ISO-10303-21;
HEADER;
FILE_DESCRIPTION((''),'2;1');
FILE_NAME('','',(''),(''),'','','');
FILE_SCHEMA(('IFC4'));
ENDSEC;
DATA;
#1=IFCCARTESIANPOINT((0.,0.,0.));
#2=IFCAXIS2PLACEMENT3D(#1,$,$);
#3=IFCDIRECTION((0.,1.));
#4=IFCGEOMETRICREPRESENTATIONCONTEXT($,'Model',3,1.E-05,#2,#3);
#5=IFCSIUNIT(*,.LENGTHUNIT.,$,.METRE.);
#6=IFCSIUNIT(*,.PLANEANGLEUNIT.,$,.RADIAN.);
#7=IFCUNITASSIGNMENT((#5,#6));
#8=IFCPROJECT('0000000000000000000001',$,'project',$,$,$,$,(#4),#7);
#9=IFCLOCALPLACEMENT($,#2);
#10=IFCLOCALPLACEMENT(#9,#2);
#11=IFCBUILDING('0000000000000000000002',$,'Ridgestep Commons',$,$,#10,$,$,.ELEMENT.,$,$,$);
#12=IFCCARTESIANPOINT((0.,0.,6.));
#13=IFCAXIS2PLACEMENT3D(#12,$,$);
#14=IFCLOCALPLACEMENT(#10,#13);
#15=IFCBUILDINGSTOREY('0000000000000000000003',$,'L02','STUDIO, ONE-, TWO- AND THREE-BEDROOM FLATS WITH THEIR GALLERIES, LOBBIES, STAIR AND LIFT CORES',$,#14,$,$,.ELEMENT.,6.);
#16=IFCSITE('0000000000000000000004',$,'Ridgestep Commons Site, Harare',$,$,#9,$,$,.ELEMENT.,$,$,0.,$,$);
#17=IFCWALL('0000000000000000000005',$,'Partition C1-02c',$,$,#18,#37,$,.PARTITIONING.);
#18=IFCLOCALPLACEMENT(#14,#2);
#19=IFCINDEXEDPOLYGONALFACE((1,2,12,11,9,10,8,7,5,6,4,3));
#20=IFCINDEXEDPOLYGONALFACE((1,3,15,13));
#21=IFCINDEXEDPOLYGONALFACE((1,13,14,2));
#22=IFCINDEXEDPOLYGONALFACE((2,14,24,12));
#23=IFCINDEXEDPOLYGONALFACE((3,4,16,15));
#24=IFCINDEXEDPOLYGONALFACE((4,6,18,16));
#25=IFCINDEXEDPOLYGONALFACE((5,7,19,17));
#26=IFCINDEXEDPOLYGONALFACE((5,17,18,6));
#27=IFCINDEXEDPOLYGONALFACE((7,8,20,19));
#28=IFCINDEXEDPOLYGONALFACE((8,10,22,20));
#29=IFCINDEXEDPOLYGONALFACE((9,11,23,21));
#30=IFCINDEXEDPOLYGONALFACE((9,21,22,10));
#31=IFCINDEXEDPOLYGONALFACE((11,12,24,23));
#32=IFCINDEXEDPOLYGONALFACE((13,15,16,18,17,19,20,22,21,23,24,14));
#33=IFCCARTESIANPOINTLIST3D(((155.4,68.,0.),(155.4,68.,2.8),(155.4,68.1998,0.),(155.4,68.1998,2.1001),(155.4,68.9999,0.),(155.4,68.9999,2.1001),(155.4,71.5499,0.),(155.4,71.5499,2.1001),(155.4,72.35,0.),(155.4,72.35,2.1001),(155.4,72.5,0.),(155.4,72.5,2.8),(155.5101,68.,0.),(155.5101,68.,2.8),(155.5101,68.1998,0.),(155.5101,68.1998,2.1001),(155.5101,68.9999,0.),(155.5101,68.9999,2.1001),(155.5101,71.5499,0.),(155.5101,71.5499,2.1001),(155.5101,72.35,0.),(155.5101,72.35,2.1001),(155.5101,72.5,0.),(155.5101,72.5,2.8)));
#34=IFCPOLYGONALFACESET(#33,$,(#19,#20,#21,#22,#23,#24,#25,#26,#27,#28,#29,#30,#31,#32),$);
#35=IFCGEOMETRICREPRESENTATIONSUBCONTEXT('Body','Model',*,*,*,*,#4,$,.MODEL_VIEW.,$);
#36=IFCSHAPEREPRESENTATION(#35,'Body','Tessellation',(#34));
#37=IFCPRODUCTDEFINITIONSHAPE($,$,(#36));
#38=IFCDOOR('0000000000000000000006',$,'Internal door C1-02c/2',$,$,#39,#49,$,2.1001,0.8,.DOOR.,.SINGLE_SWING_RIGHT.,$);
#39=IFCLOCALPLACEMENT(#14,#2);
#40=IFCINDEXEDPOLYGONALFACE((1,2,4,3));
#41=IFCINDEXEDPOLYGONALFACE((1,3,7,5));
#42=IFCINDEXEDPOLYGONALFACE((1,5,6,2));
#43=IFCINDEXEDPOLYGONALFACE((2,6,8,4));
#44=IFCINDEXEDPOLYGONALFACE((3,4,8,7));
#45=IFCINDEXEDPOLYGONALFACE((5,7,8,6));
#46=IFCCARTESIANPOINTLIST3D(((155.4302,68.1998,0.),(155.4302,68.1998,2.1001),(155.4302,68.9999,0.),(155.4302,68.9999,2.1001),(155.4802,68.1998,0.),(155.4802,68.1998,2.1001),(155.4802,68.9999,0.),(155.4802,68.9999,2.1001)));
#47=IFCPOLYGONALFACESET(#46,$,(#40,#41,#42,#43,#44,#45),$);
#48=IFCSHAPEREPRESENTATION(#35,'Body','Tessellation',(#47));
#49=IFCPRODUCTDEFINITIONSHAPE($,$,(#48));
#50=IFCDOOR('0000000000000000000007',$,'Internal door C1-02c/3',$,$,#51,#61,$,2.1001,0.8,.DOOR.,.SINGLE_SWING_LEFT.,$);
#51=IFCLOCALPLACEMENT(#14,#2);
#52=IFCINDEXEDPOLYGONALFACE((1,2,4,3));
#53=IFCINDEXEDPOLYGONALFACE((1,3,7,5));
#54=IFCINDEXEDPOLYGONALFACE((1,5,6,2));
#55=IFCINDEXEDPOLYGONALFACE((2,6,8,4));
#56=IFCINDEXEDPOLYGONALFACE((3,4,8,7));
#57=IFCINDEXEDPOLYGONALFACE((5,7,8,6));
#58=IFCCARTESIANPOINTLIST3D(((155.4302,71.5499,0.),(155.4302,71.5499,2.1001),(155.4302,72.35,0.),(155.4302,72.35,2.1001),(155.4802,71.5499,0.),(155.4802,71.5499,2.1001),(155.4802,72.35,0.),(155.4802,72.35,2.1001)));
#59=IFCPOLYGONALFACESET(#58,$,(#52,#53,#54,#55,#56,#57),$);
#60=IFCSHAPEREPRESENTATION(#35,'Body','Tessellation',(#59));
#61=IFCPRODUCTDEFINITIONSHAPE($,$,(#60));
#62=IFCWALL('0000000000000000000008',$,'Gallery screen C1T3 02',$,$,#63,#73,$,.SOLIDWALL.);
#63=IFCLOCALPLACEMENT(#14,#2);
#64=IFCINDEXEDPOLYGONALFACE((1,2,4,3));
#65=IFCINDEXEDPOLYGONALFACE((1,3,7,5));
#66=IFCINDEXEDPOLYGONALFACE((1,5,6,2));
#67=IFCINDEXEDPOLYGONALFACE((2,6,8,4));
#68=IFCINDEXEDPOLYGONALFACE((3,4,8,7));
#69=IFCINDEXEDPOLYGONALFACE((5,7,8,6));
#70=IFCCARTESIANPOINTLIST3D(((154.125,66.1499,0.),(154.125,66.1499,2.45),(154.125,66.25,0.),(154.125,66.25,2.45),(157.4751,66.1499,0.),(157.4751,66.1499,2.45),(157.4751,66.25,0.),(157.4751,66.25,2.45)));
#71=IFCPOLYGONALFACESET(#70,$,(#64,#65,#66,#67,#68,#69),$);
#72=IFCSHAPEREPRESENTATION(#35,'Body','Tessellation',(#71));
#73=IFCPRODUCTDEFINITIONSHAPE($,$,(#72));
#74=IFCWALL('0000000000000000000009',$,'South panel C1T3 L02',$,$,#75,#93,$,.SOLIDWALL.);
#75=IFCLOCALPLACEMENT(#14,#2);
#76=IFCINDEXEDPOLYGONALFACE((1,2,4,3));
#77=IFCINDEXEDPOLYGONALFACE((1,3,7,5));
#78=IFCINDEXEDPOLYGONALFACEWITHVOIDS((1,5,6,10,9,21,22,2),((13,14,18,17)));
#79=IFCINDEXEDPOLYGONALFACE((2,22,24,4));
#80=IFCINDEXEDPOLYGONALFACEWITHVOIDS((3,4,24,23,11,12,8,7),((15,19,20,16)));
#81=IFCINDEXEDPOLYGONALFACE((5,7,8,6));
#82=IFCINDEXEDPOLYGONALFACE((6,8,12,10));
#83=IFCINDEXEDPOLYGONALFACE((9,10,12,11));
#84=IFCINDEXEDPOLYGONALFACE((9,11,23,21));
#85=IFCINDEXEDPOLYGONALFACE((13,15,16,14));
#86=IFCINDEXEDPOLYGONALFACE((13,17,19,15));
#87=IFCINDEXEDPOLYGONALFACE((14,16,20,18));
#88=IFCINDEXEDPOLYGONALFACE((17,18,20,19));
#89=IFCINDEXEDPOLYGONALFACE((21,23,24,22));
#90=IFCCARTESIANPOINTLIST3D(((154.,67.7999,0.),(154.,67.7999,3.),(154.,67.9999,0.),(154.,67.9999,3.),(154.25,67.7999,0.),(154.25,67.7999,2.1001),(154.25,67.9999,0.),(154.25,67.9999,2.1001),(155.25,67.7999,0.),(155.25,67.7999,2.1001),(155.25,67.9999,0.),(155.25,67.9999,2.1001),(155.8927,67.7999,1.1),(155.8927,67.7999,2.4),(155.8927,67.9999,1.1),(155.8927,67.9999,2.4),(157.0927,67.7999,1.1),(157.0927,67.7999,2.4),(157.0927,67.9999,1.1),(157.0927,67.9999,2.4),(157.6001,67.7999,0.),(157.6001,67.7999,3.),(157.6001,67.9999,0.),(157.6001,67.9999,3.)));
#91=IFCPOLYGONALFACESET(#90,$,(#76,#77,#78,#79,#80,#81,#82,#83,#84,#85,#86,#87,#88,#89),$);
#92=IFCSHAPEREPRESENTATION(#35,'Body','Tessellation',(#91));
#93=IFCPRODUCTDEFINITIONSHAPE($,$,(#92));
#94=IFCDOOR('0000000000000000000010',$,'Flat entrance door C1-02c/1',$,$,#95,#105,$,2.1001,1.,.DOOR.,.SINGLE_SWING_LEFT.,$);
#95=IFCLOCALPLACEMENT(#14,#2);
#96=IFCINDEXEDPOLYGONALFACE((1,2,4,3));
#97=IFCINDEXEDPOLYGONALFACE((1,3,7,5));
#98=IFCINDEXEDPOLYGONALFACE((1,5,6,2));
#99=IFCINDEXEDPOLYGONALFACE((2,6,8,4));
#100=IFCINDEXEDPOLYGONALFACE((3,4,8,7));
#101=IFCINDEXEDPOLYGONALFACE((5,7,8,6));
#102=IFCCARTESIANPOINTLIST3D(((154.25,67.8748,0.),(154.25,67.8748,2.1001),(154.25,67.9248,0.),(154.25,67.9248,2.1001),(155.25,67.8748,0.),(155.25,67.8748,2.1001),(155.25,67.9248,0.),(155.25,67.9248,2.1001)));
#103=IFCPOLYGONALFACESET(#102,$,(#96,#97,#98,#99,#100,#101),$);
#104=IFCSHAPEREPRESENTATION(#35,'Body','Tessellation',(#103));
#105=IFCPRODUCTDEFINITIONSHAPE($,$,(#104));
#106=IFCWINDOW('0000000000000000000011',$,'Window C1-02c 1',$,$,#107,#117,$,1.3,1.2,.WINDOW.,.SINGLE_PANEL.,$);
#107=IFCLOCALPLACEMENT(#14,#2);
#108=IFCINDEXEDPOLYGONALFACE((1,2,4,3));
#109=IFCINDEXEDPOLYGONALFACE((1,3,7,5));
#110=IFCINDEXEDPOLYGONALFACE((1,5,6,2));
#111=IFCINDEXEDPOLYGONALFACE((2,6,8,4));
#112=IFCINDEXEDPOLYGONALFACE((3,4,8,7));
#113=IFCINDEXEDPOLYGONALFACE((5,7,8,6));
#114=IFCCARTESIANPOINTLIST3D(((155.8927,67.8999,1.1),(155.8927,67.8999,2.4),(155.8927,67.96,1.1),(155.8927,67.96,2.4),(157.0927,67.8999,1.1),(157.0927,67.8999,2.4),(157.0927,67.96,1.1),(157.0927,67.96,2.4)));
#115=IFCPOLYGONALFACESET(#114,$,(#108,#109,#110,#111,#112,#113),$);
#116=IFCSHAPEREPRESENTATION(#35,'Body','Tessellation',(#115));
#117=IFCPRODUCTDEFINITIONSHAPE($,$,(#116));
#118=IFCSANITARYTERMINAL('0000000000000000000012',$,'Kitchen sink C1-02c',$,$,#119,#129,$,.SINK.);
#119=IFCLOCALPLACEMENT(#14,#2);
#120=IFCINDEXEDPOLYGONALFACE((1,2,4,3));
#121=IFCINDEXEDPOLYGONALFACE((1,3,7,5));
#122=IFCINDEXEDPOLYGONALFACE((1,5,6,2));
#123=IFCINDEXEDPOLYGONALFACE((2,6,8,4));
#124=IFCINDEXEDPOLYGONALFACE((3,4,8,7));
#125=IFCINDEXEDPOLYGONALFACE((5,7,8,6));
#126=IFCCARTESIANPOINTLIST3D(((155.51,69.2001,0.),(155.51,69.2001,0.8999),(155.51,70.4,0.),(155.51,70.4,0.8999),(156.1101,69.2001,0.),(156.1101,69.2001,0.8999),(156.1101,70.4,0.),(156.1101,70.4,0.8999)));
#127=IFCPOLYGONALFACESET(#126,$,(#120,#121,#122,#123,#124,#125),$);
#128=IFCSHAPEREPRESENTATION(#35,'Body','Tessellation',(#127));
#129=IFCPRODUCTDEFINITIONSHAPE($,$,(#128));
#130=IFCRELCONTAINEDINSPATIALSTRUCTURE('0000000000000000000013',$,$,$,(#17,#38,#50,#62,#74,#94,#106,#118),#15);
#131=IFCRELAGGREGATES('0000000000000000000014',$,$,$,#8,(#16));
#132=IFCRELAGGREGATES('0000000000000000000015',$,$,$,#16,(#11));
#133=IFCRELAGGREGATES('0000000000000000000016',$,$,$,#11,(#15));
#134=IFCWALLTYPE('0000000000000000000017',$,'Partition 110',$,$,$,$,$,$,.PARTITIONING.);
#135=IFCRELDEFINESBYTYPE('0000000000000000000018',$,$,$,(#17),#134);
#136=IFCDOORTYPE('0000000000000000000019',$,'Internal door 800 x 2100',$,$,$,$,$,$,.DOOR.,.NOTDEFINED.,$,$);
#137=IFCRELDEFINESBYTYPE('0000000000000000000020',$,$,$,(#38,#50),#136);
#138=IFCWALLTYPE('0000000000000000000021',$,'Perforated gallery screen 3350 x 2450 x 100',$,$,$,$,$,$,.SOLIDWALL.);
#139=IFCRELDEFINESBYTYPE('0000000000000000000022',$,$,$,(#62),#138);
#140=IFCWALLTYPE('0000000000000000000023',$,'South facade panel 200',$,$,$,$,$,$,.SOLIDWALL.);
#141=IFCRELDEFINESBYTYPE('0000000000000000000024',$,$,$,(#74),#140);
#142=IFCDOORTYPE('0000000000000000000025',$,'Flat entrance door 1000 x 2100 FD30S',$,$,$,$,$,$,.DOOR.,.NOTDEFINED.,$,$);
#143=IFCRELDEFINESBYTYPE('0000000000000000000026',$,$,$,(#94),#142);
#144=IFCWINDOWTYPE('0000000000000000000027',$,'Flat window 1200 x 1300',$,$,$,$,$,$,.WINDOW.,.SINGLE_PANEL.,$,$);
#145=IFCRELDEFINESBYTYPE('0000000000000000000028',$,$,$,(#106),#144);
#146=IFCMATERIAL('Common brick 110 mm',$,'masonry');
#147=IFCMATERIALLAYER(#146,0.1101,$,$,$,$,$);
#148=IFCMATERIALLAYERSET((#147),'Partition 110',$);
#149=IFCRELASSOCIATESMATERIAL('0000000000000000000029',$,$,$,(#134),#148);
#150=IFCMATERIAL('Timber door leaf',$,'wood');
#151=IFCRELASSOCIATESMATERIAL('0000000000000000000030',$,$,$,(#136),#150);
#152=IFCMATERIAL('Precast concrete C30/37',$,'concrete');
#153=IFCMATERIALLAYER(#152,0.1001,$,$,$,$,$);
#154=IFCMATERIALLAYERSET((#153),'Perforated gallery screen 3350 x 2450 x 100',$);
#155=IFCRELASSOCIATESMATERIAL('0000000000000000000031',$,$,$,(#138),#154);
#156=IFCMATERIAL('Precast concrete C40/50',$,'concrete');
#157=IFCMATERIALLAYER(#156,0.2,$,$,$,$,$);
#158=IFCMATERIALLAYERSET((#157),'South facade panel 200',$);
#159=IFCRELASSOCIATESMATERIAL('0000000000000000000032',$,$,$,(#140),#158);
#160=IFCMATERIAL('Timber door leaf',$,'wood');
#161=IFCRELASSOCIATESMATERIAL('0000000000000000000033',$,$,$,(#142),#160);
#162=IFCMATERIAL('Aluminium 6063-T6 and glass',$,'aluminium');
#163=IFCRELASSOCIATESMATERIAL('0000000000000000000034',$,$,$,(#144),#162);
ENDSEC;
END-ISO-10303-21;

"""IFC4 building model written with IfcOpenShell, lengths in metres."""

from ifc_helpers import new_model, si_unit, direction, frame, frame_2d, origin, origin_2d, place, context, subcontext, project, spatial, rectangle, extrude, material, layer, layer_set, type_object, element, fill, save


model = new_model("IFC4")

# Units and contexts
model_context = context("Model", 3, precision=1e-05, world=origin(), true_north=direction((0.0, 1.0)))
body_context = subcontext(model_context, "Body", "Model", "MODEL_VIEW")
ifc_project = project(units=[si_unit("LENGTHUNIT", "METRE"), si_unit("PLANEANGLEUNIT", "RADIAN")], contexts=[model_context])

# Site, building, storey
site_placement = place(None, origin())
site = spatial("IfcSite", under=ifc_project, at=site_placement, Name="Ridgestep Commons Site, Harare", CompositionType="ELEMENT", RefElevation=0.0)
building_placement = place(site_placement, origin())
building = spatial("IfcBuilding", under=site, at=building_placement, Name="Ridgestep Commons", CompositionType="ELEMENT")
storey_placement = place(building_placement, frame((0.0, 0.0, 6.0)))
storey = spatial("IfcBuildingStorey", under=building, at=storey_placement, Name="L02", Description="STUDIO, ONE-, TWO- AND THREE-BEDROOM FLATS WITH THEIR GALLERIES, LOBBIES, STAIR AND LIFT CORES", CompositionType="ELEMENT", Elevation=6.0)

# Wall, openings, doors
ifc_material_1 = material(Name="Common brick 110 mm", Category="masonry")
ifc_layer_1 = layer(ifc_material_1, 0.1101)
ifc_layer_set_1 = layer_set([ifc_layer_1], Name="Partition 110")
wall_type_1 = type_object("IfcWallType", Name="Partition 110", PredefinedType="PARTITIONING", material=ifc_layer_set_1)
ifc_material_2 = material(Name="Timber door leaf", Category="wood")
door_type_1 = type_object("IfcDoorType", Name="Internal door 800 x 2100", OperationType="NOTDEFINED", PredefinedType="DOOR", material=ifc_material_2)
wall_1_placement = place(storey_placement, frame((155.4551, 68.0, 0.0), z_axis=(0.0, 0.0, 1.0), x_axis=(0.0, 1.0, 0.0)))
wall_1 = element("IfcWall", 1, at=wall_1_placement, inside=storey, type_object=wall_type_1, Name="Partition C1-02c", PredefinedType="PARTITIONING", context=body_context, shape_type="SweptSolid", body=[
    extrude(rectangle(XDim=4.5, YDim=0.1101, at=frame_2d((2.25, 0.0))), origin(), (0.0, 0.0, 1.0), 2.8),
])
opening_1_placement = place(wall_1_placement, frame((0.2, 0.0, 0.0)))
opening_1 = element("IfcOpeningElement", 2, at=opening_1_placement, cuts=wall_1, PredefinedType="OPENING", context=body_context, shape_type="SweptSolid", body=[
    extrude(rectangle(XDim=0.8, YDim=2.1001, at=frame_2d((0.3999, 1.05))), frame((0.0, 0.0649, 0.0), z_axis=(0.0, -1.0, 0.0), x_axis=(1.0, 0.0, 0.0)), (0.0, 0.0, 1.0), 0.1301),
])
opening_2_placement = place(wall_1_placement, frame((3.55, 0.0, 0.0)))
opening_2 = element("IfcOpeningElement", 3, at=opening_2_placement, cuts=wall_1, PredefinedType="OPENING", context=body_context, shape_type="SweptSolid", body=[
    extrude(rectangle(XDim=0.8, YDim=2.1001, at=frame_2d((0.3999, 1.05))), frame((0.0, 0.0649, 0.0), z_axis=(0.0, -1.0, 0.0), x_axis=(1.0, 0.0, 0.0)), (0.0, 0.0, 1.0), 0.1301),
])
door_1_placement = place(opening_1_placement, origin())
door_1 = element("IfcDoor", 4, at=door_1_placement, inside=storey, type_object=door_type_1, Name="Internal door C1-02c/2", OperationType="SINGLE_SWING_RIGHT", OverallHeight=2.1001, OverallWidth=0.8, PredefinedType="DOOR", context=body_context, shape_type="SweptSolid", body=[
    extrude(rectangle(XDim=0.8, YDim=2.1001, at=frame_2d((0.3999, 1.05))), frame((0.0, 0.0249, 0.0), z_axis=(0.0, -1.0, 0.0), x_axis=(1.0, 0.0, 0.0)), (0.0, 0.0, 1.0), 0.05),
])
fill(opening_1, door_1)
door_2_placement = place(opening_2_placement, origin())
door_2 = element("IfcDoor", 5, at=door_2_placement, inside=storey, type_object=door_type_1, Name="Internal door C1-02c/3", OperationType="SINGLE_SWING_LEFT", OverallHeight=2.1001, OverallWidth=0.8, PredefinedType="DOOR", context=body_context, shape_type="SweptSolid", body=[
    extrude(rectangle(XDim=0.8, YDim=2.1001, at=frame_2d((0.3999, 1.05))), frame((0.0, 0.0249, 0.0), z_axis=(0.0, -1.0, 0.0), x_axis=(1.0, 0.0, 0.0)), (0.0, 0.0, 1.0), 0.05),
])
fill(opening_2, door_2)

# Wall
ifc_material_3 = material(Name="Precast concrete C30/37", Category="concrete")
ifc_layer_2 = layer(ifc_material_3, 0.1001)
ifc_layer_set_2 = layer_set([ifc_layer_2], Name="Perforated gallery screen 3350 x 2450 x 100")
wall_type_2 = type_object("IfcWallType", Name="Perforated gallery screen 3350 x 2450 x 100", PredefinedType="SOLIDWALL", material=ifc_layer_set_2)
wall_2_placement = place(storey_placement, frame((154.125, 66.2, 0.0), z_axis=(0.0, 0.0, 1.0), x_axis=(1.0, 0.0, 0.0)))
element("IfcWall", 6, at=wall_2_placement, inside=storey, type_object=wall_type_2, Name="Gallery screen C1T3 02", PredefinedType="SOLIDWALL", context=body_context, shape_type="SweptSolid", body=[
    extrude(rectangle(XDim=3.3501, YDim=0.1001, at=frame_2d((1.675, 0.0))), origin(), (0.0, 0.0, 1.0), 2.45),
])

# Wall, openings, door, window
ifc_material_4 = material(Name="Precast concrete C40/50", Category="concrete")
ifc_layer_3 = layer(ifc_material_4, 0.2)
ifc_layer_set_3 = layer_set([ifc_layer_3], Name="South facade panel 200")
wall_type_3 = type_object("IfcWallType", Name="South facade panel 200", PredefinedType="SOLIDWALL", material=ifc_layer_set_3)
wall_3_placement = place(storey_placement, frame((154.0, 67.8999, 0.0), z_axis=(0.0, 0.0, 1.0), x_axis=(1.0, 0.0, 0.0)))
wall_3 = element("IfcWall", 7, at=wall_3_placement, inside=storey, type_object=wall_type_3, Name="South panel C1T3 L02", PredefinedType="SOLIDWALL", context=body_context, shape_type="SweptSolid", body=[
    extrude(rectangle(XDim=3.6001, YDim=0.2, at=frame_2d((1.8, 0.0))), origin(), (0.0, 0.0, 1.0), 3.0),
])
opening_3_placement = place(wall_3_placement, frame((1.8926, 0.0, 1.1001)))
opening_3 = element("IfcOpeningElement", 8, at=opening_3_placement, cuts=wall_3, PredefinedType="OPENING", context=body_context, shape_type="SweptSolid", body=[
    extrude(rectangle(XDim=1.2, YDim=1.3, at=frame_2d((0.6001, 0.6499))), frame((0.0, 0.1099, 0.0), z_axis=(0.0, -1.0, 0.0), x_axis=(1.0, 0.0, 0.0)), (0.0, 0.0, 1.0), 0.22),
])
opening_4_placement = place(wall_3_placement, frame((0.25, 0.0, 0.0)))
opening_4 = element("IfcOpeningElement", 9, at=opening_4_placement, cuts=wall_3, PredefinedType="OPENING", context=body_context, shape_type="SweptSolid", body=[
    extrude(rectangle(XDim=1.0, YDim=2.1001, at=frame_2d((0.5, 1.05))), frame((0.0, 0.1099, 0.0), z_axis=(0.0, -1.0, 0.0), x_axis=(1.0, 0.0, 0.0)), (0.0, 0.0, 1.0), 0.22),
])
ifc_material_5 = material(Name="Timber door leaf", Category="wood")
door_type_2 = type_object("IfcDoorType", Name="Flat entrance door 1000 x 2100 FD30S", OperationType="NOTDEFINED", PredefinedType="DOOR", material=ifc_material_5)
door_3_placement = place(opening_4_placement, origin())
door_3 = element("IfcDoor", 10, at=door_3_placement, inside=storey, type_object=door_type_2, Name="Flat entrance door C1-02c/1", OperationType="SINGLE_SWING_LEFT", OverallHeight=2.1001, OverallWidth=1.0, PredefinedType="DOOR", context=body_context, shape_type="SweptSolid", body=[
    extrude(rectangle(XDim=1.0, YDim=2.1001, at=frame_2d((0.5, 1.05))), frame((0.0, 0.0249, 0.0), z_axis=(0.0, -1.0, 0.0), x_axis=(1.0, 0.0, 0.0)), (0.0, 0.0, 1.0), 0.05),
])
fill(opening_4, door_3)
ifc_material_6 = material(Name="Aluminium 6063-T6 and glass", Category="aluminium")
window_type = type_object("IfcWindowType", Name="Flat window 1200 x 1300", PartitioningType="SINGLE_PANEL", PredefinedType="WINDOW", material=ifc_material_6)
window_placement = place(opening_3_placement, origin())
window = element("IfcWindow", 11, at=window_placement, inside=storey, type_object=window_type, Name="Window C1-02c 1", OverallHeight=1.3, OverallWidth=1.2, PartitioningType="SINGLE_PANEL", PredefinedType="WINDOW", context=body_context, shape_type="SweptSolid", body=[
    extrude(rectangle(XDim=1.2, YDim=1.3, at=frame_2d((0.6001, 0.6499))), frame((0.0, 0.0601, 0.0), z_axis=(0.0, -1.0, 0.0), x_axis=(1.0, 0.0, 0.0)), (0.0, 0.0, 1.0), 0.0601),
])
fill(opening_3, window)

# Sanitary terminal
sanitary_terminal_placement = place(storey_placement, frame((155.8101, 69.8, 0.0), z_axis=(0.0, 0.0, 1.0), x_axis=(1.0, 0.0, 0.0)))
element("IfcSanitaryTerminal", 12, at=sanitary_terminal_placement, inside=storey, Name="Kitchen sink C1-02c", PredefinedType="SINK", context=body_context, shape_type="SweptSolid", body=[
    extrude(rectangle(XDim=0.6001, YDim=1.2, at=origin_2d()), origin(), (0.0, 0.0, 1.0), 0.8999),
])

save(model, "model.ifc")
